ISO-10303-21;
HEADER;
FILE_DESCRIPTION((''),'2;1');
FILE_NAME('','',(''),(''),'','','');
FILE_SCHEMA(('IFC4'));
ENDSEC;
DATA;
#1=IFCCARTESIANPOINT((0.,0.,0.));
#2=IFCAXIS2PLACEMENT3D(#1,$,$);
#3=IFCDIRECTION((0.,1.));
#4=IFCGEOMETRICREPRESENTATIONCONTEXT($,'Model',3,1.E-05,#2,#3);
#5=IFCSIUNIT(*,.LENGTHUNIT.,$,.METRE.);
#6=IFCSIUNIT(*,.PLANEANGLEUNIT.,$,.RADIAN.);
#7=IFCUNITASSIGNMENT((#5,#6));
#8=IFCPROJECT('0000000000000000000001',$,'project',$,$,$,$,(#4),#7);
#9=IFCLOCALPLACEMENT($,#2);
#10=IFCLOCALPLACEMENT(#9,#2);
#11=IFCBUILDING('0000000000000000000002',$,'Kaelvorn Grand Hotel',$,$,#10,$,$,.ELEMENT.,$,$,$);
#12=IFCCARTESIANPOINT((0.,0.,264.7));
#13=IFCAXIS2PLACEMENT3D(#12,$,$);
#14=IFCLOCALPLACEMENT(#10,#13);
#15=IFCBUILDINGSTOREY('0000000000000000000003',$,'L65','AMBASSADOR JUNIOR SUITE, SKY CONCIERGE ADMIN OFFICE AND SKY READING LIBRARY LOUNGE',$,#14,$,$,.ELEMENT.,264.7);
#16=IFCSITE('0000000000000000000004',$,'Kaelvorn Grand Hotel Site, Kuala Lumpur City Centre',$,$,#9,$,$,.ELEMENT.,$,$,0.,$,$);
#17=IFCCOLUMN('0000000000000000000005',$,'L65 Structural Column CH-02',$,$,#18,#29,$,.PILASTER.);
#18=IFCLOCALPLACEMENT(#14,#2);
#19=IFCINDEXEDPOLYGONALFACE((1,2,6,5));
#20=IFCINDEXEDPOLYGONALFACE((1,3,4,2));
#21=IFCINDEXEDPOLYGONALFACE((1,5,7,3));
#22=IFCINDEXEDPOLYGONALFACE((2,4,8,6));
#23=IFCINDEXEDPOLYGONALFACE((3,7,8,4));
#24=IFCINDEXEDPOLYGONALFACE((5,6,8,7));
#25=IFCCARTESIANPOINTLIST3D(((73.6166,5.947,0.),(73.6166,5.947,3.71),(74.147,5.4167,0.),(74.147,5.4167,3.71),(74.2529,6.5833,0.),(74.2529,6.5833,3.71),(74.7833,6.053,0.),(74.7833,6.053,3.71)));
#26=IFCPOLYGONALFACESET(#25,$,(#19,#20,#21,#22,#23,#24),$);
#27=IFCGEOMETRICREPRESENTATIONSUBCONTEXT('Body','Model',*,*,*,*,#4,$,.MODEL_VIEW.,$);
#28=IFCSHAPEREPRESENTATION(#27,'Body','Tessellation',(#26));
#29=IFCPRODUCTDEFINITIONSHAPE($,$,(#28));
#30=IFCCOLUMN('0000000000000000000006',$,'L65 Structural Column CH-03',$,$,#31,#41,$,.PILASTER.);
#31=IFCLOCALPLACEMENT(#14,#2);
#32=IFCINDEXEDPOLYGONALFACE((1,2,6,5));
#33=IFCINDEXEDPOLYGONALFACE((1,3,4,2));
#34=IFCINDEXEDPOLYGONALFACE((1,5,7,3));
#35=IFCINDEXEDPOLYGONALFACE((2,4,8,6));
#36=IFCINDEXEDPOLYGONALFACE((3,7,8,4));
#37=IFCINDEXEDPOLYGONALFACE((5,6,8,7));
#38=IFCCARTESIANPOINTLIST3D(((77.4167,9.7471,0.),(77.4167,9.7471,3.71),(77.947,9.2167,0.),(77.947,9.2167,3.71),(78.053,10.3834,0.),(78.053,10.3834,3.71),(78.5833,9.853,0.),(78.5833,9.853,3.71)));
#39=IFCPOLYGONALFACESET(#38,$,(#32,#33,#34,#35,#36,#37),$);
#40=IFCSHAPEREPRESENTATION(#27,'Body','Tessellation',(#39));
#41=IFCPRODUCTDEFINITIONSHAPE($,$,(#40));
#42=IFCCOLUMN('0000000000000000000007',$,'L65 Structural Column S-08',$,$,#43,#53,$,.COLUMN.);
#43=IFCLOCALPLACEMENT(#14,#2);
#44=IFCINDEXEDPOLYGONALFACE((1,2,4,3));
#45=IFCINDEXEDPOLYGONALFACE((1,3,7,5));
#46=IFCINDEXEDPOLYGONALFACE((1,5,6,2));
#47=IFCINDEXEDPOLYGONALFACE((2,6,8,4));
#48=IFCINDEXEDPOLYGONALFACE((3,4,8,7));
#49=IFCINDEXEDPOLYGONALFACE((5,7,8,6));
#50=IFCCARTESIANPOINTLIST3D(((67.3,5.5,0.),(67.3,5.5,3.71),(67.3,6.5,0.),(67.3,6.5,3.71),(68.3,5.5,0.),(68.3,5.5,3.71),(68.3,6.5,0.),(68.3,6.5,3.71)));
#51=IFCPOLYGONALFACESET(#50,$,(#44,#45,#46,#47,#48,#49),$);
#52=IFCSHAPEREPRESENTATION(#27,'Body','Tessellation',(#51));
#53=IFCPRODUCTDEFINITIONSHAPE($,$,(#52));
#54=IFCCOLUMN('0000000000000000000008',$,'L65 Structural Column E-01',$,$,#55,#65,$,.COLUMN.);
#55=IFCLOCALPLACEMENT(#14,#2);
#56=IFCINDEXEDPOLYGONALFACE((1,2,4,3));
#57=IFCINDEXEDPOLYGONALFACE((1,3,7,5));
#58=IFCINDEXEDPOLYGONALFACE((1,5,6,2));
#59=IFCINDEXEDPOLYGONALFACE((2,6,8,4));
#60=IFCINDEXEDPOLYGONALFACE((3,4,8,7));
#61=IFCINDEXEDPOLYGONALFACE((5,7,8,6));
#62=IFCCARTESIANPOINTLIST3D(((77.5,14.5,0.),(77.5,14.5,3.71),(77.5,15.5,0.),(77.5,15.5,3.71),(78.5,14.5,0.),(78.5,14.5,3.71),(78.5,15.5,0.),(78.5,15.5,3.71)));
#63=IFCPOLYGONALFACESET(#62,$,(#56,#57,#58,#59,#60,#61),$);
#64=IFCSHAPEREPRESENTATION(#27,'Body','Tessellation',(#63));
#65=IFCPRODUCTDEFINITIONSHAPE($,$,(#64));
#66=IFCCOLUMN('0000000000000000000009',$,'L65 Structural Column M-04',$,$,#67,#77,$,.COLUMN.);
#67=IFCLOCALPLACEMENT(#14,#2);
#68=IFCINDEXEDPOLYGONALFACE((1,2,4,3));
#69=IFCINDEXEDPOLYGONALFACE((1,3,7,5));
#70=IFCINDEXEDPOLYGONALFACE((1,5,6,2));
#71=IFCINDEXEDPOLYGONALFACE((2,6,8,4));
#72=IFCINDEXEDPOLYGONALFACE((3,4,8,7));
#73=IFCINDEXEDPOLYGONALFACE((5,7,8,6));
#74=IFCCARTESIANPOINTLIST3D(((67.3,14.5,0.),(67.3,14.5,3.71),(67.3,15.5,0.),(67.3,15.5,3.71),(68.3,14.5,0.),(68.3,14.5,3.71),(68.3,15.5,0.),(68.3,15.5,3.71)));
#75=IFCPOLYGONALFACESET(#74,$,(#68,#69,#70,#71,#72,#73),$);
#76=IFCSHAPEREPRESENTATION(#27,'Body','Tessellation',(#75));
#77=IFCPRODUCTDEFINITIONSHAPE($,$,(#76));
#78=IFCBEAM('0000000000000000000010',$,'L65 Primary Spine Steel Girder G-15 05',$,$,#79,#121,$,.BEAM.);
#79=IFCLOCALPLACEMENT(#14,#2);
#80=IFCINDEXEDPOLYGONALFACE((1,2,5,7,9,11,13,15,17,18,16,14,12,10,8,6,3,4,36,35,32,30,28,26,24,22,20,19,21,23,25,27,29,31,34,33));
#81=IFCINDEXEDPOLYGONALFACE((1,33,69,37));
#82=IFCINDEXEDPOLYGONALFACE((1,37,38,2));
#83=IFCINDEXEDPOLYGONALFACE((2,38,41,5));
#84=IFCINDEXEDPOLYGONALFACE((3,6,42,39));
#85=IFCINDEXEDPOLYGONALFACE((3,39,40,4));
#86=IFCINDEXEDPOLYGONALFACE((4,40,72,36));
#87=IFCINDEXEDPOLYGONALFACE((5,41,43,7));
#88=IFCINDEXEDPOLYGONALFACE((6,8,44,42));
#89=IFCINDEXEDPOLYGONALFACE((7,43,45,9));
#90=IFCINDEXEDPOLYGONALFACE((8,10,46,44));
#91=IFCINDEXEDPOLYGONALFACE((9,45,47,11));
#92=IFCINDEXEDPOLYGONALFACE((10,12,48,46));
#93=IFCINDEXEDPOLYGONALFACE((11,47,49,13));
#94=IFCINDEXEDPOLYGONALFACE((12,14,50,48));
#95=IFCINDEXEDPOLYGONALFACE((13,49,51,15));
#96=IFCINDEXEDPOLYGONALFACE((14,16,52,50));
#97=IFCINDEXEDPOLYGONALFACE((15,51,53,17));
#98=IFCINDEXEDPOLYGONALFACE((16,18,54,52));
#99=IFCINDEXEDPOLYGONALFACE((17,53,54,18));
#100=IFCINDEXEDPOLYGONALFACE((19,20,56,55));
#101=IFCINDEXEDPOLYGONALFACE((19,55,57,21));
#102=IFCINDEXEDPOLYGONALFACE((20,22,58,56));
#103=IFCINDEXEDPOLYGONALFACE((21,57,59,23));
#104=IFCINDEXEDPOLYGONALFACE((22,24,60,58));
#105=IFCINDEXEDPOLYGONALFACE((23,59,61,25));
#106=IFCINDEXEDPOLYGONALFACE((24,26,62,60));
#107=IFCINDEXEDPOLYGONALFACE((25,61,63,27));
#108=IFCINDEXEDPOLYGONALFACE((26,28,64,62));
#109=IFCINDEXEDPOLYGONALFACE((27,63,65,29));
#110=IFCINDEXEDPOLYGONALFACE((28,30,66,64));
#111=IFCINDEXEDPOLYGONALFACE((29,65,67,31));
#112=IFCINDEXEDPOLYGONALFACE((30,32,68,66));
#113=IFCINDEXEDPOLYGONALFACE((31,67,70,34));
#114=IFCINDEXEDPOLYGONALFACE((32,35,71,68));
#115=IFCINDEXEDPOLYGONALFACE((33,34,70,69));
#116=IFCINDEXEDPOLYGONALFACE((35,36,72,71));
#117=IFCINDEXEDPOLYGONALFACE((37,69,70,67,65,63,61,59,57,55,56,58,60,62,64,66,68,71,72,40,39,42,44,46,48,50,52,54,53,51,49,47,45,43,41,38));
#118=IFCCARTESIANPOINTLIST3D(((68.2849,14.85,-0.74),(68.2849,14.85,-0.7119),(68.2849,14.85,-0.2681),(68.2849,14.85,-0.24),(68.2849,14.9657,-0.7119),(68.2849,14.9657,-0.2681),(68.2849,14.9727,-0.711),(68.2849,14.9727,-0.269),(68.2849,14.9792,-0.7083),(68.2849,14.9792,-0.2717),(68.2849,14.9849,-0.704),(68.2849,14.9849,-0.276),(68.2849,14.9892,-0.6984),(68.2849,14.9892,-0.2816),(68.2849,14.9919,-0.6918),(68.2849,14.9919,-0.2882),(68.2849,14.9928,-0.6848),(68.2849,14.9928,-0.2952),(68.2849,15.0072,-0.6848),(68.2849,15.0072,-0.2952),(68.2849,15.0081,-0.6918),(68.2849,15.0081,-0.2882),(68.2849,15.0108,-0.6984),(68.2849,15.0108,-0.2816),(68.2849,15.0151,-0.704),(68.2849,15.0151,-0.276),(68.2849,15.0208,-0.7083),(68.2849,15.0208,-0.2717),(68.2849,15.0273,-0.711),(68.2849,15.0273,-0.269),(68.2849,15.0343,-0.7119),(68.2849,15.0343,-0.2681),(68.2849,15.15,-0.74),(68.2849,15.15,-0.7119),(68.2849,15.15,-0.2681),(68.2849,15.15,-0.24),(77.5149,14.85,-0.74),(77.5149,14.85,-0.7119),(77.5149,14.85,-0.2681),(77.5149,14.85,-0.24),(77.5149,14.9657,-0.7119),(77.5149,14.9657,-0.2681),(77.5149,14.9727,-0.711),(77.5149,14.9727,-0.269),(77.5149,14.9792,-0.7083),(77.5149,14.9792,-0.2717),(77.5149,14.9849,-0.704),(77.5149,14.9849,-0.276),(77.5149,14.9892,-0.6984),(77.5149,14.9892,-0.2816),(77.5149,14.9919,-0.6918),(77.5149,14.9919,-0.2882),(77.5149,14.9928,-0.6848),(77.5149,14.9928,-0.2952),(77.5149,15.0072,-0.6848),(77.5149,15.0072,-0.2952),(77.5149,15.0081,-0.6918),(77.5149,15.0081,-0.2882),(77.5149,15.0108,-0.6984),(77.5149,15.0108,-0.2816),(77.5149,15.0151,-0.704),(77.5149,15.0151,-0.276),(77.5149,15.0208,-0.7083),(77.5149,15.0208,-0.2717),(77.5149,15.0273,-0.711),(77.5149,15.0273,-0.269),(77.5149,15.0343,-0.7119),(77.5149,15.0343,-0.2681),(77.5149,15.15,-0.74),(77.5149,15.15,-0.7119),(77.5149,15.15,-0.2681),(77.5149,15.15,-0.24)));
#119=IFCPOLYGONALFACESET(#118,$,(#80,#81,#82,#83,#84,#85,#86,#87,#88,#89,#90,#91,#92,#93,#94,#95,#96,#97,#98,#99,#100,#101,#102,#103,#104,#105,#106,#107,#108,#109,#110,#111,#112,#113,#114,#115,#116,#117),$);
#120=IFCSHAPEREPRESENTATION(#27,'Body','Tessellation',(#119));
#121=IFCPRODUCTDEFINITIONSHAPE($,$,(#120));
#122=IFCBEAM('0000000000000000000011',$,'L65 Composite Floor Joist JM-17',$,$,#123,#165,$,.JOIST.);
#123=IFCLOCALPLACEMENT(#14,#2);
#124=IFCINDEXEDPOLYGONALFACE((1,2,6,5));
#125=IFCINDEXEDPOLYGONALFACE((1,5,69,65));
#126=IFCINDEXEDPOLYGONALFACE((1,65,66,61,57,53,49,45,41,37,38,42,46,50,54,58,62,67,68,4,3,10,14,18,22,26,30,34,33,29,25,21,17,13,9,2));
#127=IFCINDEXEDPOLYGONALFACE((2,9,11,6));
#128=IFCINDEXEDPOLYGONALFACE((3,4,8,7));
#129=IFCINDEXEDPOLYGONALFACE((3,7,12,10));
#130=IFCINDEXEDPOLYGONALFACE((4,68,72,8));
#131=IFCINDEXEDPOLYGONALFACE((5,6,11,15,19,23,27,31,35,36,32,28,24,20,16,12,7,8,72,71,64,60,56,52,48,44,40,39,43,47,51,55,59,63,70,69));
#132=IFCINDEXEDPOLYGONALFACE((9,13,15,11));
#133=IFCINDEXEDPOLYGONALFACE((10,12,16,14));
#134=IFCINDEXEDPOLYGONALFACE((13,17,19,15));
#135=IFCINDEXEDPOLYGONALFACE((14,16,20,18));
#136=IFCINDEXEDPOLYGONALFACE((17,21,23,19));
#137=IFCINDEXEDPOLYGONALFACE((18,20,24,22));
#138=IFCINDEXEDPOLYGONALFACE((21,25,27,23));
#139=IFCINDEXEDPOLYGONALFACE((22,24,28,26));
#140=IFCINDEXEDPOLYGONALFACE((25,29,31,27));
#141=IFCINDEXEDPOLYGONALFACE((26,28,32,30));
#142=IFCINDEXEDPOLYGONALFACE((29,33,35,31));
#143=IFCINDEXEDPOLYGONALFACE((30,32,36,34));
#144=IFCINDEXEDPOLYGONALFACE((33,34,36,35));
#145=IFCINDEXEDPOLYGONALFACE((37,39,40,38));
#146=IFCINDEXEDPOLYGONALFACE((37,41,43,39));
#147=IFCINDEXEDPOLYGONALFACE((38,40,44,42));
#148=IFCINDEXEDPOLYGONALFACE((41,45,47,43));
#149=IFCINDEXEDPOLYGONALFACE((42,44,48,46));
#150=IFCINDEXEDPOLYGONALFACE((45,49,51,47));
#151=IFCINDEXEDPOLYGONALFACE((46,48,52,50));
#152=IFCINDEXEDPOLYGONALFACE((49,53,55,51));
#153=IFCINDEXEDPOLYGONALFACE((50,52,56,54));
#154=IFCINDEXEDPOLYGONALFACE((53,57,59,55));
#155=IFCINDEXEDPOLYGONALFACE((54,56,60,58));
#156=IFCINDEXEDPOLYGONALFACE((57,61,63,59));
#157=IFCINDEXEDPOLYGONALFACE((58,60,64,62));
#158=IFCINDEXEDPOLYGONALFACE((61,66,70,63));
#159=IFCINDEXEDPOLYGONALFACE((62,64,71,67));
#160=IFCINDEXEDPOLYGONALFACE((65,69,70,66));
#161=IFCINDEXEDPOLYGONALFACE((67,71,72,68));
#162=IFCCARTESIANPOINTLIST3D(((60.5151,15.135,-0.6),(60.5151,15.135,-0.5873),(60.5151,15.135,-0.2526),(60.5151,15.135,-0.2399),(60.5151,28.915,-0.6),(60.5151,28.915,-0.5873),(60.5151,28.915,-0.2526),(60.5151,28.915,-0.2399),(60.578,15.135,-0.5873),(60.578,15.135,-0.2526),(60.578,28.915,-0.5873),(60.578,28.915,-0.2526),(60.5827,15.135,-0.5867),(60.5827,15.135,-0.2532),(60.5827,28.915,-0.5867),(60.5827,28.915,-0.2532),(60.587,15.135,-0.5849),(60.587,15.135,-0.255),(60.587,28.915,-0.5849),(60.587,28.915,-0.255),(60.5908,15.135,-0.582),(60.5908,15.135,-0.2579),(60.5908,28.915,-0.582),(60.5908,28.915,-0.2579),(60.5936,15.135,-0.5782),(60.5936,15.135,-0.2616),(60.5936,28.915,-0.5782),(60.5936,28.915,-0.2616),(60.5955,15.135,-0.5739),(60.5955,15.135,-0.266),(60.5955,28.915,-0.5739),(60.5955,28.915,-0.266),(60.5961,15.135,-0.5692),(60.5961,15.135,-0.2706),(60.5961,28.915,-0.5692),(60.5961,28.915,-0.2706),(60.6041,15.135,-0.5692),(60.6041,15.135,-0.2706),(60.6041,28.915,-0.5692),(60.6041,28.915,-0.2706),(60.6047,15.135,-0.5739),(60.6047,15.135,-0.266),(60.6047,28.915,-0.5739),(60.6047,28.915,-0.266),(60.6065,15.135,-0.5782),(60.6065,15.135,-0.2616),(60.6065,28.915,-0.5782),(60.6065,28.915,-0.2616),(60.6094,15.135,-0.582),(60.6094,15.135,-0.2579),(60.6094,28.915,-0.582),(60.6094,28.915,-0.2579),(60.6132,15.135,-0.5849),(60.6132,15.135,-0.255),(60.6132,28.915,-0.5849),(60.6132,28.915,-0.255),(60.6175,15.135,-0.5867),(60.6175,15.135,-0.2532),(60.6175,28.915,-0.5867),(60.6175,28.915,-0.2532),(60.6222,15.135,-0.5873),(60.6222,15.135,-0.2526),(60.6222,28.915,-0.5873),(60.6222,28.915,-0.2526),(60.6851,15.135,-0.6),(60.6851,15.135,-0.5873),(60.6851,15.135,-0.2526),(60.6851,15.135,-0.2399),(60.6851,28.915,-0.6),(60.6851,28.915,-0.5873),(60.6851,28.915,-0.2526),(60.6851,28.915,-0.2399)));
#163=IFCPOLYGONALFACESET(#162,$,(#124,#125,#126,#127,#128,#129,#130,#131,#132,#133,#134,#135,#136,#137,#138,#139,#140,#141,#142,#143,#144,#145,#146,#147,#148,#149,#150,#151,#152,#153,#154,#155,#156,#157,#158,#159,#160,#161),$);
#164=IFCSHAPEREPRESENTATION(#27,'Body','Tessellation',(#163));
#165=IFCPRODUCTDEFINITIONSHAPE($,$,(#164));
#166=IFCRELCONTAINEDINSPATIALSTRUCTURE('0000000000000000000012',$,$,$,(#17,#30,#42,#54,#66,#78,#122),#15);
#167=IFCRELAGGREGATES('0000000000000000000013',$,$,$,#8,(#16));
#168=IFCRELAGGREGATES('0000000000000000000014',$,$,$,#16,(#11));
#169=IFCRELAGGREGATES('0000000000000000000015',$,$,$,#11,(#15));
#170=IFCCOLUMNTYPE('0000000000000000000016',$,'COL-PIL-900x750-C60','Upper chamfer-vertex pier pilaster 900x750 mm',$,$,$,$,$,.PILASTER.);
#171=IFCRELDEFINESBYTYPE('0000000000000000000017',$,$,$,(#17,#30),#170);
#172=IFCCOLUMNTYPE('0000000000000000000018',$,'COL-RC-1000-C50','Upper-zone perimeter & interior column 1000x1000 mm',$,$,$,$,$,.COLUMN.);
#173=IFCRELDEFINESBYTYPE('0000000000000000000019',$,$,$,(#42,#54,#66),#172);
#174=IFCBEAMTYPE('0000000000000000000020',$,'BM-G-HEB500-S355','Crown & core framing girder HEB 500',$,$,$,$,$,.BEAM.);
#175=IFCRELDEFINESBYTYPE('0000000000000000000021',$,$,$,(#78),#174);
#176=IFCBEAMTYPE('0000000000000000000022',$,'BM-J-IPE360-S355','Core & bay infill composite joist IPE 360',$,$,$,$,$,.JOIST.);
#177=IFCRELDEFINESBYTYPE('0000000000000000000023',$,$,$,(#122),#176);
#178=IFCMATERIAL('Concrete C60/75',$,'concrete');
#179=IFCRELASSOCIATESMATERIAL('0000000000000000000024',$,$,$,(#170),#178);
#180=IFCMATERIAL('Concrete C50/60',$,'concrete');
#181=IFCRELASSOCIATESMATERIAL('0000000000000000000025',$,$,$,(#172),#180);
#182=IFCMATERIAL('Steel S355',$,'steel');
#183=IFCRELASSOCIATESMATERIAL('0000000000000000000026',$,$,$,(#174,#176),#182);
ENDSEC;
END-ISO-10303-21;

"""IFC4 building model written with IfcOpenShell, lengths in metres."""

from ifc_helpers import new_model, si_unit, direction, frame, origin, origin_2d, place, context, subcontext, project, spatial, rectangle, i_section, extrude, material, material_profile, profile_set, type_object, element, save


model = new_model("IFC4")

# Units and contexts
model_context = context("Model", 3, precision=1e-05, world=origin(), true_north=direction((0.0, 1.0)))
body_context = subcontext(model_context, "Body", "Model", "MODEL_VIEW")
ifc_project = project(units=[si_unit("LENGTHUNIT", "METRE"), si_unit("PLANEANGLEUNIT", "RADIAN")], contexts=[model_context])

# Site, building, storey
site_placement = place(None, origin())
site = spatial("IfcSite", under=ifc_project, at=site_placement, Name="Kaelvorn Grand Hotel Site, Kuala Lumpur City Centre", CompositionType="ELEMENT", RefElevation=0.0)
building_placement = place(site_placement, origin())
building = spatial("IfcBuilding", under=site, at=building_placement, Name="Kaelvorn Grand Hotel", CompositionType="ELEMENT")
storey_placement = place(building_placement, frame((0.0, 0.0, 264.7)))
storey = spatial("IfcBuildingStorey", under=building, at=storey_placement, Name="L65", Description="AMBASSADOR JUNIOR SUITE, SKY CONCIERGE ADMIN OFFICE AND SKY READING LIBRARY LOUNGE", CompositionType="ELEMENT", Elevation=264.7)

# Columns
ifc_material_1 = material(Name="Concrete C60/75", Category="concrete")
ifc_material_profile_1 = material_profile(ifc_material_1, rectangle(XDim=0.8999, YDim=0.75, at=origin_2d()), Name="RC PILASTER 900x750")
ifc_profile_set_1 = profile_set([ifc_material_profile_1], Name="Concrete C60/75")
column_type_1 = type_object("IfcColumnType", Name="COL-PIL-900x750-C60", Description="Upper chamfer-vertex pier pilaster 900x750 mm", PredefinedType="PILASTER", material=ifc_profile_set_1)
for number, where, z_axis, x_axis, name in (
    (1, (74.2, 6.0, 0.0), (0.0, 0.0, 1.0), (0.707107, 0.707107, 0.0), "L65 Structural Column CH-02"),
    (2, (78.0, 9.8, 0.0), (0.0, 0.0, 1.0), (0.707107, 0.707107, 0.0), "L65 Structural Column CH-03"),
):
    element("IfcColumn", number, at=place(storey_placement, frame(where, z_axis=z_axis, x_axis=x_axis)), inside=storey, type_object=column_type_1, Name=name, PredefinedType="PILASTER", context=body_context, shape_type="SweptSolid", body=[
        extrude(rectangle(XDim=0.8999, YDim=0.75, at=origin_2d()), origin(), (0.0, 0.0, 1.0), 3.71),
    ])
ifc_material_2 = material(Name="Concrete C50/60", Category="concrete")
ifc_material_profile_2 = material_profile(ifc_material_2, rectangle(XDim=1.0, YDim=1.0, at=origin_2d()), Name="RC COL 1000x1000")
ifc_profile_set_2 = profile_set([ifc_material_profile_2], Name="Concrete C50/60")
column_type_2 = type_object("IfcColumnType", Name="COL-RC-1000-C50", Description="Upper-zone perimeter & interior column 1000x1000 mm", PredefinedType="COLUMN", material=ifc_profile_set_2)
for number, where, z_axis, x_axis, name in (
    (3, (67.8, 6.0, 0.0), (0.0, 0.0, 1.0), (1.0, 0.0, 0.0), "L65 Structural Column S-08"),
    (4, (78.0, 15.0, 0.0), (0.0, 0.0, 1.0), (1.0, 0.0, 0.0), "L65 Structural Column E-01"),
    (5, (67.8, 15.0, 0.0), (0.0, 0.0, 1.0), (1.0, 0.0, 0.0), "L65 Structural Column M-04"),
):
    element("IfcColumn", number, at=place(storey_placement, frame(where, z_axis=z_axis, x_axis=x_axis)), inside=storey, type_object=column_type_2, Name=name, PredefinedType="COLUMN", context=body_context, shape_type="SweptSolid", body=[
        extrude(rectangle(XDim=1.0, YDim=1.0, at=origin_2d()), origin(), (0.0, 0.0, 1.0), 3.71),
    ])

# Beams
ifc_material_3 = material(Name="Steel S355", Category="steel")
ifc_material_profile_3 = material_profile(ifc_material_3, i_section(OverallWidth=0.3, OverallDepth=0.5, WebThickness=0.0144, FlangeThickness=0.0281, FilletRadius=0.0271, at=origin_2d()), Name="HEB 500")
ifc_profile_set_3 = profile_set([ifc_material_profile_3], Name="Steel S355")
beam_type_1 = type_object("IfcBeamType", Name="BM-G-HEB500-S355", Description="Crown & core framing girder HEB 500", PredefinedType="BEAM", material=ifc_profile_set_3)
beam_1_placement = place(storey_placement, frame((68.2849, 15.0, -0.49), z_axis=(1.0, 0.0, 0.0), x_axis=(0.0, 1.0, 0.0)))
element("IfcBeam", 6, at=beam_1_placement, inside=storey, type_object=beam_type_1, Name="L65 Primary Spine Steel Girder G-15 05", PredefinedType="BEAM", context=body_context, shape_type="SweptSolid", body=[
    extrude(i_section(OverallWidth=0.3, OverallDepth=0.5, WebThickness=0.0144, FlangeThickness=0.0281, FilletRadius=0.0271, at=origin_2d()), origin(), (0.0, 0.0, 1.0), 9.23),
])
ifc_material_profile_4 = material_profile(ifc_material_3, i_section(OverallWidth=0.1699, OverallDepth=0.3601, WebThickness=0.0081, FlangeThickness=0.0127, FilletRadius=0.0181, at=origin_2d()), Name="IPE 360")
ifc_profile_set_4 = profile_set([ifc_material_profile_4], Name="Steel S355")
beam_type_2 = type_object("IfcBeamType", Name="BM-J-IPE360-S355", Description="Core & bay infill composite joist IPE 360", PredefinedType="JOIST", material=ifc_profile_set_4)
beam_2_placement = place(storey_placement, frame((60.6001, 15.135, -0.4199), z_axis=(0.0, 1.0, 0.0), x_axis=(-1.0, 0.0, 0.0)))
element("IfcBeam", 7, at=beam_2_placement, inside=storey, type_object=beam_type_2, Name="L65 Composite Floor Joist JM-17", PredefinedType="JOIST", context=body_context, shape_type="SweptSolid", body=[
    extrude(i_section(OverallWidth=0.1699, OverallDepth=0.3601, WebThickness=0.0081, FlangeThickness=0.0127, FilletRadius=0.0181, at=origin_2d()), origin(), (0.0, 0.0, 1.0), 13.78),
])

save(model, "model.ifc")
